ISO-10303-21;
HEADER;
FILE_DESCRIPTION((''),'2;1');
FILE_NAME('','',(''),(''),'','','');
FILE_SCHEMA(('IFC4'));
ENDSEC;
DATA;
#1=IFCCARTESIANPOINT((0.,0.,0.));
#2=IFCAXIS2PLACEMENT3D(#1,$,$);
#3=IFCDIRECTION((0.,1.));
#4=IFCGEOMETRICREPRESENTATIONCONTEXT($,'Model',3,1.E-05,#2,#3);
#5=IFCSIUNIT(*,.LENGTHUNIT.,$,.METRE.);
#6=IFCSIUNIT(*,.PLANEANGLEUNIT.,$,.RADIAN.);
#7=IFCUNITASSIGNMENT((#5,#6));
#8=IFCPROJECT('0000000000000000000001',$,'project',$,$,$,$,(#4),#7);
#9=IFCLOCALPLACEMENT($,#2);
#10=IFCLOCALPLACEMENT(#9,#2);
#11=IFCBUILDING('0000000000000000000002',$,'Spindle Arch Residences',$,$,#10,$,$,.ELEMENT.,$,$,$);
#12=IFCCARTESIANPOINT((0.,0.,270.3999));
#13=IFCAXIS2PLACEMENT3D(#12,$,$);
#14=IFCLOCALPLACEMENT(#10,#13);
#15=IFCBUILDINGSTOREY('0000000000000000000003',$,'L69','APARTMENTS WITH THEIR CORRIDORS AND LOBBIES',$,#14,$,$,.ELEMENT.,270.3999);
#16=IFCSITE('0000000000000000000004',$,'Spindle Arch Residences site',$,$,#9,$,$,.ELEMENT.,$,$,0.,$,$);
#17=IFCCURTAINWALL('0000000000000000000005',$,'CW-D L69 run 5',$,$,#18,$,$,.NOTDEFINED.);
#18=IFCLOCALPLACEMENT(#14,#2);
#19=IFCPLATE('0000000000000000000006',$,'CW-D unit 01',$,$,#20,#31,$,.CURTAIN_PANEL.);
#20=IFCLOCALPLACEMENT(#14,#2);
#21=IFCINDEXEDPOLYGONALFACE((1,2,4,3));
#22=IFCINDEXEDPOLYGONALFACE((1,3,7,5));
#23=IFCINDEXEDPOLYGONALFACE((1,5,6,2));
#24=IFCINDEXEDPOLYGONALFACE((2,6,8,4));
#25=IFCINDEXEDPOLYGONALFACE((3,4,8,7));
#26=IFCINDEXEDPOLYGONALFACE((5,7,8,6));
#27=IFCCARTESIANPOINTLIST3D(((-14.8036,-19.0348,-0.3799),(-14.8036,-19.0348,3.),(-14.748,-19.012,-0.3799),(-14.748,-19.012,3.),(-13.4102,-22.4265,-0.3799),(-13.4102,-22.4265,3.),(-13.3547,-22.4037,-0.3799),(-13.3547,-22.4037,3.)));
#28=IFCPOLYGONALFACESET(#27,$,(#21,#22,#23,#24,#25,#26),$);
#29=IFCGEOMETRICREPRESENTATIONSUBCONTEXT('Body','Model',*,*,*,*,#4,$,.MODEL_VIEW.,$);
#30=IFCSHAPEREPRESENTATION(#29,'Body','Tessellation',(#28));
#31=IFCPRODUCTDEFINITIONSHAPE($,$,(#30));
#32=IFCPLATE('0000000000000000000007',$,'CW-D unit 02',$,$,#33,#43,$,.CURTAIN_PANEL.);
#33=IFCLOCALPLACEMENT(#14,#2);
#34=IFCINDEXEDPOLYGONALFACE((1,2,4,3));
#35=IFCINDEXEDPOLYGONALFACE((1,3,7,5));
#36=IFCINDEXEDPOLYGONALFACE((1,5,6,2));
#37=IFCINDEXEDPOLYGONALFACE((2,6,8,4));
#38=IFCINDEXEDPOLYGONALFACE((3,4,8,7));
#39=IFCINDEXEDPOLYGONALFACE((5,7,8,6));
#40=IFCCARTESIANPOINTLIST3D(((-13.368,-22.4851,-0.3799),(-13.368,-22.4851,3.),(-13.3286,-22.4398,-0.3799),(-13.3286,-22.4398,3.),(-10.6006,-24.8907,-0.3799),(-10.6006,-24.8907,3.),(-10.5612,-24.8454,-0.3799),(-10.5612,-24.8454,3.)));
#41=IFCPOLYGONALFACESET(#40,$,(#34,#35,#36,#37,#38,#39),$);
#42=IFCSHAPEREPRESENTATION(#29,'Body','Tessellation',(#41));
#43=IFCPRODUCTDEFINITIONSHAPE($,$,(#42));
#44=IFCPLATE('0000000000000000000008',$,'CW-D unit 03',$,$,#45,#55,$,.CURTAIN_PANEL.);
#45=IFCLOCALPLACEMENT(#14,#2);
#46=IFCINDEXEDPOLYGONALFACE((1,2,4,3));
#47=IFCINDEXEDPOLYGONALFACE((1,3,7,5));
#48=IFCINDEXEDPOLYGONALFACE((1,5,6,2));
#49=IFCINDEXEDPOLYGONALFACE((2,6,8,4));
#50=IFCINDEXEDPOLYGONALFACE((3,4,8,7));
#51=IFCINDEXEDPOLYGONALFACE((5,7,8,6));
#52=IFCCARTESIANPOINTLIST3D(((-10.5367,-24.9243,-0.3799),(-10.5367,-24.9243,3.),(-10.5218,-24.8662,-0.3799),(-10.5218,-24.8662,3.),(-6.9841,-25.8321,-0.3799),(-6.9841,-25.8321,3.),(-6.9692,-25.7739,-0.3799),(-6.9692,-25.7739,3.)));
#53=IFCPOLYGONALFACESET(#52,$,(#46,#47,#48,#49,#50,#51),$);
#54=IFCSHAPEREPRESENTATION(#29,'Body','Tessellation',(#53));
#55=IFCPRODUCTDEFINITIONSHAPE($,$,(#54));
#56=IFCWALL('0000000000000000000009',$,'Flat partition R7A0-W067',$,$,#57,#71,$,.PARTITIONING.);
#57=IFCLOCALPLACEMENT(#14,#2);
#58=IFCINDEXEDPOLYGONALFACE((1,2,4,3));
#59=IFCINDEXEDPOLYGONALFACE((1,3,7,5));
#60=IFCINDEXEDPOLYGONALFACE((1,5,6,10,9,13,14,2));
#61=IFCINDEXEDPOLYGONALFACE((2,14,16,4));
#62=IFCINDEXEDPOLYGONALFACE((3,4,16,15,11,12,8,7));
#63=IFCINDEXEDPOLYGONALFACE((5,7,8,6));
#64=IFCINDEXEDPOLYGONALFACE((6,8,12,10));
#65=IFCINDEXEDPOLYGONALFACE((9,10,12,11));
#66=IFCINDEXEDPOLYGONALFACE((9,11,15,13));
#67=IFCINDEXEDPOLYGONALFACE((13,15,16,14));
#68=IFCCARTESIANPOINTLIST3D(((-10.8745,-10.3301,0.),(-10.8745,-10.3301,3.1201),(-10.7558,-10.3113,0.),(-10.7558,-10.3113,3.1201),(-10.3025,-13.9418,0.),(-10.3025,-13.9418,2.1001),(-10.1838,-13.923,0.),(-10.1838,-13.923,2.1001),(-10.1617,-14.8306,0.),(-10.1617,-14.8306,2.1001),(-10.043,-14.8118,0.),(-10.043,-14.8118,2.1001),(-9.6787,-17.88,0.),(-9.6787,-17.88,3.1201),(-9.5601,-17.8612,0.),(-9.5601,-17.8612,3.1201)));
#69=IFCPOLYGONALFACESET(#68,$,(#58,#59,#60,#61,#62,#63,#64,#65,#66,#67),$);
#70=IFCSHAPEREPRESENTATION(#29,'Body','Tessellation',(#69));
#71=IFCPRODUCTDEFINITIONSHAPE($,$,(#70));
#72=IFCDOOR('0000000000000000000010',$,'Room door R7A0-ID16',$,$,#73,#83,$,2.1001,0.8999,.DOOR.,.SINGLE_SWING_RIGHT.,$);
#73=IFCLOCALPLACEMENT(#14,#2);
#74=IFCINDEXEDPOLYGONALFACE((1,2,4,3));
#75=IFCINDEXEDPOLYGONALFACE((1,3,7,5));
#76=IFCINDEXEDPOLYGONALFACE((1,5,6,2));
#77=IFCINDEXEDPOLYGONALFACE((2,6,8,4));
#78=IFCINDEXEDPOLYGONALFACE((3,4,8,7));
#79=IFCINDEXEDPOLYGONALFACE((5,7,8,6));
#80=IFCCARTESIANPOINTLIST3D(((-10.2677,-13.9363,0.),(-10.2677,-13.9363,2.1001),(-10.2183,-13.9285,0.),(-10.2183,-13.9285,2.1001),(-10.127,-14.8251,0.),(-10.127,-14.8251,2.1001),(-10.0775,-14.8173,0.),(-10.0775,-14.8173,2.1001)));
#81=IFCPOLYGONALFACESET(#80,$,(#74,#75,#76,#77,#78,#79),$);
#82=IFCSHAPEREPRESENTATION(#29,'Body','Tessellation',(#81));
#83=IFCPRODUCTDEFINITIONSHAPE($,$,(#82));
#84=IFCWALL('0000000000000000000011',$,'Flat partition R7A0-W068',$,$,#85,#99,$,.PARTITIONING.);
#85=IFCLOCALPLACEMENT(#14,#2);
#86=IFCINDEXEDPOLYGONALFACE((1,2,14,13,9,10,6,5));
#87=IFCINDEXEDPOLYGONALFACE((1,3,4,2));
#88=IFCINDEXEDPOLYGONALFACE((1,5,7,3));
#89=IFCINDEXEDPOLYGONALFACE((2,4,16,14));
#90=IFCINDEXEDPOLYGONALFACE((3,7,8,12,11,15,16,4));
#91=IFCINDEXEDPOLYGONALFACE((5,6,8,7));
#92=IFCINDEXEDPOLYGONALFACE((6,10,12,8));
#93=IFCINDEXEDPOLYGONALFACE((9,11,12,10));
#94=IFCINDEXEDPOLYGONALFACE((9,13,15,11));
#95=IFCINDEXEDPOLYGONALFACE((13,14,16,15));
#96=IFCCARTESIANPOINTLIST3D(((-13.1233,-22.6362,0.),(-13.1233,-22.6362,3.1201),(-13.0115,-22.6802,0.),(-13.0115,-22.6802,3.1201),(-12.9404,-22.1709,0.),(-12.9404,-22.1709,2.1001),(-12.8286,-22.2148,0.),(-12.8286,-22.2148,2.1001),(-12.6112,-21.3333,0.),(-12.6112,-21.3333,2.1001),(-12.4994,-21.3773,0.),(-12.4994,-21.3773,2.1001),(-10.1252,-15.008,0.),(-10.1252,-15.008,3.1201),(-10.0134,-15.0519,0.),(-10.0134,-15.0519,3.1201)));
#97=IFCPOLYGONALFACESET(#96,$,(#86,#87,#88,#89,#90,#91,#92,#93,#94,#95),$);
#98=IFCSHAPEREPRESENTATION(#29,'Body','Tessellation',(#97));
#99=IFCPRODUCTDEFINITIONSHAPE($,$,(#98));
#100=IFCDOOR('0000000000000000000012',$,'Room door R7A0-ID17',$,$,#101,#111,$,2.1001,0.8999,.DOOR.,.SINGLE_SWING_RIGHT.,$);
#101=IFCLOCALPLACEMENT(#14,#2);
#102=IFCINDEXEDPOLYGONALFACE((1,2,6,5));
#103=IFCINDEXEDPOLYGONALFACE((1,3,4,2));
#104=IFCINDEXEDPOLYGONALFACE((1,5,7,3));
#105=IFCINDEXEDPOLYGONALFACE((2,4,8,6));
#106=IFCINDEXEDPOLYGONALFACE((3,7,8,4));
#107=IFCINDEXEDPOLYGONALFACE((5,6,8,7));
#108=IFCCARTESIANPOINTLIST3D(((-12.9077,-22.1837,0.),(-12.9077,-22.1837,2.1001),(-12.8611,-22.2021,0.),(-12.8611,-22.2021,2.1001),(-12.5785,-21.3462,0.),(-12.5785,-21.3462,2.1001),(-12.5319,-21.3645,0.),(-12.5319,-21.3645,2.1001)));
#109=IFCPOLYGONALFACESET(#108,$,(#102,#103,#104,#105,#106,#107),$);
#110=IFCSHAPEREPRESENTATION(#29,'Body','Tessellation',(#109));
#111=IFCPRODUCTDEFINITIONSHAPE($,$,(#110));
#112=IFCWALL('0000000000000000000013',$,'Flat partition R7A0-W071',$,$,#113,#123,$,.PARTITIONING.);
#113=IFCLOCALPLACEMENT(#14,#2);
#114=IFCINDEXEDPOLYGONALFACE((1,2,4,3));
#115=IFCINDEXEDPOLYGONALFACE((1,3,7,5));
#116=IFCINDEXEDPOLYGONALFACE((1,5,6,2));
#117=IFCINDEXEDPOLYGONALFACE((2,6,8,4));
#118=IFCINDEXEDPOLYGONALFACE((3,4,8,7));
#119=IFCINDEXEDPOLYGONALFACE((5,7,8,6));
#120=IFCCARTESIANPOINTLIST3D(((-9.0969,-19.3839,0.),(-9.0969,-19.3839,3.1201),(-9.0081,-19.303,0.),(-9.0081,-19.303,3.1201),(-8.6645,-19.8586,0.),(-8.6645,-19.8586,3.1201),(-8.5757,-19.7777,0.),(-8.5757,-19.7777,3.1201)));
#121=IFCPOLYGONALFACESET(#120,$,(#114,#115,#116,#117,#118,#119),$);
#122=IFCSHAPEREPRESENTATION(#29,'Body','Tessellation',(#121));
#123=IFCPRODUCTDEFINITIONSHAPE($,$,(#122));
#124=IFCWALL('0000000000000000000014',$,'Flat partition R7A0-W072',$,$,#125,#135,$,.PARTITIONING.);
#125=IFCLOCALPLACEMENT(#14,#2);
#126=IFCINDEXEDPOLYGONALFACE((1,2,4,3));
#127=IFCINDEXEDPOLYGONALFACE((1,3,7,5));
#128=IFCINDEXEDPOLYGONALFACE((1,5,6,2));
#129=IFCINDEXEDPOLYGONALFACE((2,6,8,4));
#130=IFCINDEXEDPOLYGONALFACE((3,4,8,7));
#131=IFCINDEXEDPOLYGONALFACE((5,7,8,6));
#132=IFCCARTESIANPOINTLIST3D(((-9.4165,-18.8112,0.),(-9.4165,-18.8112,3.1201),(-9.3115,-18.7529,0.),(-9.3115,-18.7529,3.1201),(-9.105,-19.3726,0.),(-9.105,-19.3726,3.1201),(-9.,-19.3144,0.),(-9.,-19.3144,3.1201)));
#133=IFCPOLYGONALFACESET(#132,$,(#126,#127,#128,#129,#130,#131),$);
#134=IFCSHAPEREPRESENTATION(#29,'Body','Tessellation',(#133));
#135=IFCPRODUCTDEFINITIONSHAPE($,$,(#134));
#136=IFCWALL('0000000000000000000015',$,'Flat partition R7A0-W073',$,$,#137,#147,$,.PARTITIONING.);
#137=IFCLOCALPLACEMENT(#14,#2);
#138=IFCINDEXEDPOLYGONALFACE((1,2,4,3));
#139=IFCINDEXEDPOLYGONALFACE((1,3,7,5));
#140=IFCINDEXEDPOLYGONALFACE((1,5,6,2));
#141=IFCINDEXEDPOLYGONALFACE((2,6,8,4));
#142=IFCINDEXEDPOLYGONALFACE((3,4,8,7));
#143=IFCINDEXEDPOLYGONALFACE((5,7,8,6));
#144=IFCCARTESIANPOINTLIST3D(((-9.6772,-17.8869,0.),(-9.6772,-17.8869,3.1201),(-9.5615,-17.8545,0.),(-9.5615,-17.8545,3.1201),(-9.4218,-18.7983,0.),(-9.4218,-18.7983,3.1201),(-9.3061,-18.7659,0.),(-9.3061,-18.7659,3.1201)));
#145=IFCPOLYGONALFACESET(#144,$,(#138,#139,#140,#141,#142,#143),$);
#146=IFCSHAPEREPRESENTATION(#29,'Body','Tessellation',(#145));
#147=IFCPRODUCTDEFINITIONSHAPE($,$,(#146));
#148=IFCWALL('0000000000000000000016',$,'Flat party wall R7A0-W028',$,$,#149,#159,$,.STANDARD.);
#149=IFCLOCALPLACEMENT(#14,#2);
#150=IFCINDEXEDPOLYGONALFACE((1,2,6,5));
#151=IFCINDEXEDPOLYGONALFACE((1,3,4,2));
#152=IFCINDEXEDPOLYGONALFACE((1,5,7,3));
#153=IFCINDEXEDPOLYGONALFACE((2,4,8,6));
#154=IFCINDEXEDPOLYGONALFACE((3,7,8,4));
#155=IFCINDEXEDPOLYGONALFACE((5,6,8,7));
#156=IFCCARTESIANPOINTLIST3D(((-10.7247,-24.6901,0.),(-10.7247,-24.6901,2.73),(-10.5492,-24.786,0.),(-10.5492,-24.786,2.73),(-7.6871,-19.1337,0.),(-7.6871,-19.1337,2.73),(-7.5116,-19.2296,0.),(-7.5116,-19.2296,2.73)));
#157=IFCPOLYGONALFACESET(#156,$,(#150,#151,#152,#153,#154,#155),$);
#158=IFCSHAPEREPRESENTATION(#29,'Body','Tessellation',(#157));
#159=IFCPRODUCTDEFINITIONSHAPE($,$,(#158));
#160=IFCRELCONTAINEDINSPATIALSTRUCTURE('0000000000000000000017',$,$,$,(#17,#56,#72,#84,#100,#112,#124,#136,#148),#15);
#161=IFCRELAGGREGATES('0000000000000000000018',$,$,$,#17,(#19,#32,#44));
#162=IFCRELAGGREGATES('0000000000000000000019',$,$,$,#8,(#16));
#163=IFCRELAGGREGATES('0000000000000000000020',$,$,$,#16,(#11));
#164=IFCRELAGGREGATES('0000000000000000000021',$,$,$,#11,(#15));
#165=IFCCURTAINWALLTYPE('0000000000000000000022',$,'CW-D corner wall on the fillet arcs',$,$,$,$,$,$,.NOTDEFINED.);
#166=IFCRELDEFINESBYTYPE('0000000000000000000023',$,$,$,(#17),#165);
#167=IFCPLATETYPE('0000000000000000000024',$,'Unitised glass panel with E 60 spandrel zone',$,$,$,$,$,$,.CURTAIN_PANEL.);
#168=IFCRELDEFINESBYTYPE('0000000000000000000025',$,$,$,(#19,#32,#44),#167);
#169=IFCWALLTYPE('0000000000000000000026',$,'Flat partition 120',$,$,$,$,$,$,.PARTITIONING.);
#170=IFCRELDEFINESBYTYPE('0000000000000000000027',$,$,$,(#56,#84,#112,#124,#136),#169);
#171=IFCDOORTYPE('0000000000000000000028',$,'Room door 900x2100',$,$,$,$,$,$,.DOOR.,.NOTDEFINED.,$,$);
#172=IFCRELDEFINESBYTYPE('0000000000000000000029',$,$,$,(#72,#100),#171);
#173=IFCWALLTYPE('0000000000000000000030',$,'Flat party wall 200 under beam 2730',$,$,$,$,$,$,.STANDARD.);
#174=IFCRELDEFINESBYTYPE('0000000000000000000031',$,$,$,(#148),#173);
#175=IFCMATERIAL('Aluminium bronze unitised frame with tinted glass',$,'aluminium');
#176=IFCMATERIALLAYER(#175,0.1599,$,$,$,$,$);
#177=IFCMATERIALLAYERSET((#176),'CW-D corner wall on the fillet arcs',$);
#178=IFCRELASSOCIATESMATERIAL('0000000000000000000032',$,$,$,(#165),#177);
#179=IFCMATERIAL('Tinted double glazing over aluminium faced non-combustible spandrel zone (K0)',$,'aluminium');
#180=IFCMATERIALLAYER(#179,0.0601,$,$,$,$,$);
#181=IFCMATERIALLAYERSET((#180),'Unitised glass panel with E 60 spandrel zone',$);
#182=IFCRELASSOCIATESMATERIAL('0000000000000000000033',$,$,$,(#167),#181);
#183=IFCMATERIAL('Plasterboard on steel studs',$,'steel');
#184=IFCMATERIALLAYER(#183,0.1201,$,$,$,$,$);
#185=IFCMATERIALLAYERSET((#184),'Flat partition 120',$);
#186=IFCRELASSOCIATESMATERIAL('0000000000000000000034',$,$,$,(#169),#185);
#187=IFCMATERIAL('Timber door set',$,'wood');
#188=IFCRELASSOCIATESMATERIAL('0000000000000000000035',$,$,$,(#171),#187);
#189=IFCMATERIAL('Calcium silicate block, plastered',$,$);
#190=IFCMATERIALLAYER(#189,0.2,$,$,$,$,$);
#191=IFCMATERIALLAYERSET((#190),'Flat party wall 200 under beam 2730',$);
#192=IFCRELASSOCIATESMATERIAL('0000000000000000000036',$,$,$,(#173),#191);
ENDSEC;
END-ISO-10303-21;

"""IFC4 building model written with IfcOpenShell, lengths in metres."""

from ifc_helpers import new_model, si_unit, direction, frame, frame_2d, origin, origin_2d, place, context, subcontext, project, spatial, rectangle, extrude, material, layer, layer_set, type_object, element, fill, aggregate, save


model = new_model("IFC4")

# Units and contexts
model_context = context("Model", 3, precision=1e-05, world=origin(), true_north=direction((0.0, 1.0)))
body_context = subcontext(model_context, "Body", "Model", "MODEL_VIEW")
ifc_project = project(units=[si_unit("LENGTHUNIT", "METRE"), si_unit("PLANEANGLEUNIT", "RADIAN")], contexts=[model_context])

# Site, building, storey
site_placement = place(None, origin())
site = spatial("IfcSite", under=ifc_project, at=site_placement, Name="Spindle Arch Residences site", CompositionType="ELEMENT", RefElevation=0.0)
building_placement = place(site_placement, origin())
building = spatial("IfcBuilding", under=site, at=building_placement, Name="Spindle Arch Residences", CompositionType="ELEMENT")
storey_placement = place(building_placement, frame((0.0, 0.0, 270.3999)))
storey = spatial("IfcBuildingStorey", under=building, at=storey_placement, Name="L69", Description="APARTMENTS WITH THEIR CORRIDORS AND LOBBIES", CompositionType="ELEMENT", Elevation=270.3999)

# Curtain wall
ifc_material_1 = material(Name="Aluminium bronze unitised frame with tinted glass", Category="aluminium")
ifc_layer_1 = layer(ifc_material_1, 0.1599)
ifc_layer_set_1 = layer_set([ifc_layer_1], Name="CW-D corner wall on the fillet arcs")
curtain_wall_type = type_object("IfcCurtainWallType", Name="CW-D corner wall on the fillet arcs", PredefinedType="NOTDEFINED", material=ifc_layer_set_1)
curtain_wall_placement = place(storey_placement, origin())
curtain_wall = element("IfcCurtainWall", 1, at=curtain_wall_placement, inside=storey, type_object=curtain_wall_type, Name="CW-D L69 run 5", PredefinedType="NOTDEFINED")

# Plates
ifc_material_2 = material(Name="Tinted double glazing over aluminium faced non-combustible spandrel zone (K0)", Category="aluminium")
ifc_layer_2 = layer(ifc_material_2, 0.0601)
ifc_layer_set_2 = layer_set([ifc_layer_2], Name="Unitised glass panel with E 60 spandrel zone")
plate_type = type_object("IfcPlateType", Name="Unitised glass panel with E 60 spandrel zone", PredefinedType="CURTAIN_PANEL", material=ifc_layer_set_2)
plate_1_placement = place(storey_placement, frame((-14.0791, -20.7192, -0.3799), z_axis=(0.0, 0.0, 1.0), x_axis=(0.379994, -0.924989, 0.0)))
plate_1 = element("IfcPlate", 2, at=plate_1_placement, type_object=plate_type, Name="CW-D unit 01", PredefinedType="CURTAIN_PANEL", context=body_context, shape_type="SweptSolid", body=[
    extrude(rectangle(XDim=3.6667, YDim=0.0601, at=origin_2d()), origin(), (0.0, 0.0, 1.0), 3.3799),
])
plate_2_placement = place(storey_placement, frame((-11.9646, -23.6653, -0.3799), z_axis=(0.0, 0.0, 1.0), x_axis=(0.75471, -0.656059, 0.0)))
plate_2 = element("IfcPlate", 3, at=plate_2_placement, type_object=plate_type, Name="CW-D unit 02", PredefinedType="CURTAIN_PANEL", context=body_context, shape_type="SweptSolid", body=[
    extrude(rectangle(XDim=3.6667, YDim=0.0601, at=origin_2d()), origin(), (0.0, 0.0, 1.0), 3.3799),
])
plate_3_placement = place(storey_placement, frame((-8.7529, -25.3491, -0.3799), z_axis=(0.0, 0.0, 1.0), x_axis=(0.968872, -0.247563, 0.0)))
plate_3 = element("IfcPlate", 4, at=plate_3_placement, type_object=plate_type, Name="CW-D unit 03", PredefinedType="CURTAIN_PANEL", context=body_context, shape_type="SweptSolid", body=[
    extrude(rectangle(XDim=3.6667, YDim=0.0601, at=origin_2d()), origin(), (0.0, 0.0, 1.0), 3.3799),
])
aggregate(curtain_wall, [plate_1, plate_2, plate_3])

# Walls, openings, doors
ifc_material_3 = material(Name="Plasterboard on steel studs", Category="steel")
ifc_layer_3 = layer(ifc_material_3, 0.1201)
ifc_layer_set_3 = layer_set([ifc_layer_3], Name="Flat partition 120")
wall_type_1 = type_object("IfcWallType", Name="Flat partition 120", PredefinedType="PARTITIONING", material=ifc_layer_set_3)
wall_1_placement = place(storey_placement, frame((-9.6194, -17.8706, 0.0), z_axis=(0.0, 0.0, 1.0), x_axis=(-0.156433, 0.987689, 0.0)))
wall_1 = element("IfcWall", 5, at=wall_1_placement, inside=storey, type_object=wall_type_1, Name="Flat partition R7A0-W067", PredefinedType="PARTITIONING", context=body_context, shape_type="SweptSolid", body=[
    extrude(rectangle(XDim=7.644, YDim=0.1201, at=frame_2d((3.822, 0.0))), origin(), (0.0, 0.0, 1.0), 3.1201),
])
opening_1_placement = place(wall_1_placement, frame((3.0874, 0.0, 0.0)))
opening_1 = element("IfcOpeningElement", 6, at=opening_1_placement, cuts=wall_1, PredefinedType="OPENING", context=body_context, shape_type="SweptSolid", body=[
    extrude(rectangle(XDim=0.8999, YDim=2.1001, at=frame_2d((0.45, 1.05))), frame((0.0, 0.0701, 0.0), z_axis=(0.0, -1.0, 0.0), x_axis=(1.0, 0.0, 0.0)), (0.0, 0.0, 1.0), 0.1401),
])
ifc_material_4 = material(Name="Timber door set", Category="wood")
door_type = type_object("IfcDoorType", Name="Room door 900x2100", OperationType="NOTDEFINED", PredefinedType="DOOR", material=ifc_material_4)
door_1_placement = place(opening_1_placement, origin())
door_1 = element("IfcDoor", 7, at=door_1_placement, inside=storey, type_object=door_type, Name="Room door R7A0-ID16", OperationType="SINGLE_SWING_RIGHT", OverallHeight=2.1001, OverallWidth=0.8999, PredefinedType="DOOR", context=body_context, shape_type="SweptSolid", body=[
    extrude(rectangle(XDim=0.8999, YDim=2.1001, at=frame_2d((0.45, 1.05))), frame((0.0, 0.0249, 0.0), z_axis=(0.0, -1.0, 0.0), x_axis=(1.0, 0.0, 0.0)), (0.0, 0.0, 1.0), 0.05),
])
fill(opening_1, door_1)
wall_2_placement = place(storey_placement, frame((-13.0674, -22.6582, 0.0), z_axis=(0.0, 0.0, 1.0), x_axis=(0.365786, 0.930699, 0.0)))
wall_2 = element("IfcWall", 8, at=wall_2_placement, inside=storey, type_object=wall_type_1, Name="Flat partition R7A0-W068", PredefinedType="PARTITIONING", context=body_context, shape_type="SweptSolid", body=[
    extrude(rectangle(XDim=8.1963, YDim=0.1201, at=frame_2d((4.0981, 0.0))), origin(), (0.0, 0.0, 1.0), 3.1201),
])
opening_2_placement = place(wall_2_placement, frame((0.5, 0.0, 0.0)))
opening_2 = element("IfcOpeningElement", 9, at=opening_2_placement, cuts=wall_2, PredefinedType="OPENING", context=body_context, shape_type="SweptSolid", body=[
    extrude(rectangle(XDim=0.8999, YDim=2.1001, at=frame_2d((0.45, 1.05))), frame((0.0, 0.0701, 0.0), z_axis=(0.0, -1.0, 0.0), x_axis=(1.0, 0.0, 0.0)), (0.0, 0.0, 1.0), 0.1401),
])
door_2_placement = place(opening_2_placement, origin())
door_2 = element("IfcDoor", 10, at=door_2_placement, inside=storey, type_object=door_type, Name="Room door R7A0-ID17", OperationType="SINGLE_SWING_RIGHT", OverallHeight=2.1001, OverallWidth=0.8999, PredefinedType="DOOR", context=body_context, shape_type="SweptSolid", body=[
    extrude(rectangle(XDim=0.8999, YDim=2.1001, at=frame_2d((0.45, 1.05))), frame((0.0, 0.0249, 0.0), z_axis=(0.0, -1.0, 0.0), x_axis=(1.0, 0.0, 0.0)), (0.0, 0.0, 1.0), 0.05),
])
fill(opening_2, door_2)

# Walls
for number, where, z_axis, x_axis, name in (
    (11, (-8.6201, -19.8181, 0.0), (0.0, 0.0, 1.0), (-0.673448, 0.739234, 0.0), "Flat partition R7A0-W071"),
    (12, (-9.0525, -19.3435, 0.0), (0.0, 0.0, 1.0), (-0.485126, 0.874444, 0.0), "Flat partition R7A0-W072"),
):
    element("IfcWall", number, at=place(storey_placement, frame(where, z_axis=z_axis, x_axis=x_axis)), inside=storey, type_object=wall_type_1, Name=name, PredefinedType="PARTITIONING", context=body_context, shape_type="SweptSolid", body=[
        extrude(rectangle(XDim=0.6421, YDim=0.1201, at=frame_2d((0.321, 0.0))), origin(), (0.0, 0.0, 1.0), 3.1201),
    ])
wall_3_placement = place(storey_placement, frame((-9.364, -18.782, 0.0), z_axis=(0.0, 0.0, 1.0), x_axis=(-0.269812, 0.962913, 0.0)))
element("IfcWall", 13, at=wall_3_placement, inside=storey, type_object=wall_type_1, Name="Flat partition R7A0-W073", PredefinedType="PARTITIONING", context=body_context, shape_type="SweptSolid", body=[
    extrude(rectangle(XDim=0.9465, YDim=0.1201, at=frame_2d((0.4731, 0.0))), origin(), (0.0, 0.0, 1.0), 3.1201),
])
ifc_material_5 = material(Name="Calcium silicate block, plastered")
ifc_layer_4 = layer(ifc_material_5, 0.2)
ifc_layer_set_4 = layer_set([ifc_layer_4], Name="Flat party wall 200 under beam 2730")
wall_type_2 = type_object("IfcWallType", Name="Flat party wall 200 under beam 2730", PredefinedType="STANDARD", material=ifc_layer_set_4)
wall_4_placement = place(storey_placement, frame((-10.637, -24.738, 0.0), z_axis=(0.0, 0.0, 1.0), x_axis=(0.479684, 0.877441, 0.0)))
element("IfcWall", 14, at=wall_4_placement, inside=storey, type_object=wall_type_2, Name="Flat party wall R7A0-W028", PredefinedType="STANDARD", context=body_context, shape_type="SweptSolid", body=[
    extrude(rectangle(XDim=6.3325, YDim=0.2, at=frame_2d((3.1663, 0.0))), origin(), (0.0, 0.0, 1.0), 2.73),
])

save(model, "model.ifc")
